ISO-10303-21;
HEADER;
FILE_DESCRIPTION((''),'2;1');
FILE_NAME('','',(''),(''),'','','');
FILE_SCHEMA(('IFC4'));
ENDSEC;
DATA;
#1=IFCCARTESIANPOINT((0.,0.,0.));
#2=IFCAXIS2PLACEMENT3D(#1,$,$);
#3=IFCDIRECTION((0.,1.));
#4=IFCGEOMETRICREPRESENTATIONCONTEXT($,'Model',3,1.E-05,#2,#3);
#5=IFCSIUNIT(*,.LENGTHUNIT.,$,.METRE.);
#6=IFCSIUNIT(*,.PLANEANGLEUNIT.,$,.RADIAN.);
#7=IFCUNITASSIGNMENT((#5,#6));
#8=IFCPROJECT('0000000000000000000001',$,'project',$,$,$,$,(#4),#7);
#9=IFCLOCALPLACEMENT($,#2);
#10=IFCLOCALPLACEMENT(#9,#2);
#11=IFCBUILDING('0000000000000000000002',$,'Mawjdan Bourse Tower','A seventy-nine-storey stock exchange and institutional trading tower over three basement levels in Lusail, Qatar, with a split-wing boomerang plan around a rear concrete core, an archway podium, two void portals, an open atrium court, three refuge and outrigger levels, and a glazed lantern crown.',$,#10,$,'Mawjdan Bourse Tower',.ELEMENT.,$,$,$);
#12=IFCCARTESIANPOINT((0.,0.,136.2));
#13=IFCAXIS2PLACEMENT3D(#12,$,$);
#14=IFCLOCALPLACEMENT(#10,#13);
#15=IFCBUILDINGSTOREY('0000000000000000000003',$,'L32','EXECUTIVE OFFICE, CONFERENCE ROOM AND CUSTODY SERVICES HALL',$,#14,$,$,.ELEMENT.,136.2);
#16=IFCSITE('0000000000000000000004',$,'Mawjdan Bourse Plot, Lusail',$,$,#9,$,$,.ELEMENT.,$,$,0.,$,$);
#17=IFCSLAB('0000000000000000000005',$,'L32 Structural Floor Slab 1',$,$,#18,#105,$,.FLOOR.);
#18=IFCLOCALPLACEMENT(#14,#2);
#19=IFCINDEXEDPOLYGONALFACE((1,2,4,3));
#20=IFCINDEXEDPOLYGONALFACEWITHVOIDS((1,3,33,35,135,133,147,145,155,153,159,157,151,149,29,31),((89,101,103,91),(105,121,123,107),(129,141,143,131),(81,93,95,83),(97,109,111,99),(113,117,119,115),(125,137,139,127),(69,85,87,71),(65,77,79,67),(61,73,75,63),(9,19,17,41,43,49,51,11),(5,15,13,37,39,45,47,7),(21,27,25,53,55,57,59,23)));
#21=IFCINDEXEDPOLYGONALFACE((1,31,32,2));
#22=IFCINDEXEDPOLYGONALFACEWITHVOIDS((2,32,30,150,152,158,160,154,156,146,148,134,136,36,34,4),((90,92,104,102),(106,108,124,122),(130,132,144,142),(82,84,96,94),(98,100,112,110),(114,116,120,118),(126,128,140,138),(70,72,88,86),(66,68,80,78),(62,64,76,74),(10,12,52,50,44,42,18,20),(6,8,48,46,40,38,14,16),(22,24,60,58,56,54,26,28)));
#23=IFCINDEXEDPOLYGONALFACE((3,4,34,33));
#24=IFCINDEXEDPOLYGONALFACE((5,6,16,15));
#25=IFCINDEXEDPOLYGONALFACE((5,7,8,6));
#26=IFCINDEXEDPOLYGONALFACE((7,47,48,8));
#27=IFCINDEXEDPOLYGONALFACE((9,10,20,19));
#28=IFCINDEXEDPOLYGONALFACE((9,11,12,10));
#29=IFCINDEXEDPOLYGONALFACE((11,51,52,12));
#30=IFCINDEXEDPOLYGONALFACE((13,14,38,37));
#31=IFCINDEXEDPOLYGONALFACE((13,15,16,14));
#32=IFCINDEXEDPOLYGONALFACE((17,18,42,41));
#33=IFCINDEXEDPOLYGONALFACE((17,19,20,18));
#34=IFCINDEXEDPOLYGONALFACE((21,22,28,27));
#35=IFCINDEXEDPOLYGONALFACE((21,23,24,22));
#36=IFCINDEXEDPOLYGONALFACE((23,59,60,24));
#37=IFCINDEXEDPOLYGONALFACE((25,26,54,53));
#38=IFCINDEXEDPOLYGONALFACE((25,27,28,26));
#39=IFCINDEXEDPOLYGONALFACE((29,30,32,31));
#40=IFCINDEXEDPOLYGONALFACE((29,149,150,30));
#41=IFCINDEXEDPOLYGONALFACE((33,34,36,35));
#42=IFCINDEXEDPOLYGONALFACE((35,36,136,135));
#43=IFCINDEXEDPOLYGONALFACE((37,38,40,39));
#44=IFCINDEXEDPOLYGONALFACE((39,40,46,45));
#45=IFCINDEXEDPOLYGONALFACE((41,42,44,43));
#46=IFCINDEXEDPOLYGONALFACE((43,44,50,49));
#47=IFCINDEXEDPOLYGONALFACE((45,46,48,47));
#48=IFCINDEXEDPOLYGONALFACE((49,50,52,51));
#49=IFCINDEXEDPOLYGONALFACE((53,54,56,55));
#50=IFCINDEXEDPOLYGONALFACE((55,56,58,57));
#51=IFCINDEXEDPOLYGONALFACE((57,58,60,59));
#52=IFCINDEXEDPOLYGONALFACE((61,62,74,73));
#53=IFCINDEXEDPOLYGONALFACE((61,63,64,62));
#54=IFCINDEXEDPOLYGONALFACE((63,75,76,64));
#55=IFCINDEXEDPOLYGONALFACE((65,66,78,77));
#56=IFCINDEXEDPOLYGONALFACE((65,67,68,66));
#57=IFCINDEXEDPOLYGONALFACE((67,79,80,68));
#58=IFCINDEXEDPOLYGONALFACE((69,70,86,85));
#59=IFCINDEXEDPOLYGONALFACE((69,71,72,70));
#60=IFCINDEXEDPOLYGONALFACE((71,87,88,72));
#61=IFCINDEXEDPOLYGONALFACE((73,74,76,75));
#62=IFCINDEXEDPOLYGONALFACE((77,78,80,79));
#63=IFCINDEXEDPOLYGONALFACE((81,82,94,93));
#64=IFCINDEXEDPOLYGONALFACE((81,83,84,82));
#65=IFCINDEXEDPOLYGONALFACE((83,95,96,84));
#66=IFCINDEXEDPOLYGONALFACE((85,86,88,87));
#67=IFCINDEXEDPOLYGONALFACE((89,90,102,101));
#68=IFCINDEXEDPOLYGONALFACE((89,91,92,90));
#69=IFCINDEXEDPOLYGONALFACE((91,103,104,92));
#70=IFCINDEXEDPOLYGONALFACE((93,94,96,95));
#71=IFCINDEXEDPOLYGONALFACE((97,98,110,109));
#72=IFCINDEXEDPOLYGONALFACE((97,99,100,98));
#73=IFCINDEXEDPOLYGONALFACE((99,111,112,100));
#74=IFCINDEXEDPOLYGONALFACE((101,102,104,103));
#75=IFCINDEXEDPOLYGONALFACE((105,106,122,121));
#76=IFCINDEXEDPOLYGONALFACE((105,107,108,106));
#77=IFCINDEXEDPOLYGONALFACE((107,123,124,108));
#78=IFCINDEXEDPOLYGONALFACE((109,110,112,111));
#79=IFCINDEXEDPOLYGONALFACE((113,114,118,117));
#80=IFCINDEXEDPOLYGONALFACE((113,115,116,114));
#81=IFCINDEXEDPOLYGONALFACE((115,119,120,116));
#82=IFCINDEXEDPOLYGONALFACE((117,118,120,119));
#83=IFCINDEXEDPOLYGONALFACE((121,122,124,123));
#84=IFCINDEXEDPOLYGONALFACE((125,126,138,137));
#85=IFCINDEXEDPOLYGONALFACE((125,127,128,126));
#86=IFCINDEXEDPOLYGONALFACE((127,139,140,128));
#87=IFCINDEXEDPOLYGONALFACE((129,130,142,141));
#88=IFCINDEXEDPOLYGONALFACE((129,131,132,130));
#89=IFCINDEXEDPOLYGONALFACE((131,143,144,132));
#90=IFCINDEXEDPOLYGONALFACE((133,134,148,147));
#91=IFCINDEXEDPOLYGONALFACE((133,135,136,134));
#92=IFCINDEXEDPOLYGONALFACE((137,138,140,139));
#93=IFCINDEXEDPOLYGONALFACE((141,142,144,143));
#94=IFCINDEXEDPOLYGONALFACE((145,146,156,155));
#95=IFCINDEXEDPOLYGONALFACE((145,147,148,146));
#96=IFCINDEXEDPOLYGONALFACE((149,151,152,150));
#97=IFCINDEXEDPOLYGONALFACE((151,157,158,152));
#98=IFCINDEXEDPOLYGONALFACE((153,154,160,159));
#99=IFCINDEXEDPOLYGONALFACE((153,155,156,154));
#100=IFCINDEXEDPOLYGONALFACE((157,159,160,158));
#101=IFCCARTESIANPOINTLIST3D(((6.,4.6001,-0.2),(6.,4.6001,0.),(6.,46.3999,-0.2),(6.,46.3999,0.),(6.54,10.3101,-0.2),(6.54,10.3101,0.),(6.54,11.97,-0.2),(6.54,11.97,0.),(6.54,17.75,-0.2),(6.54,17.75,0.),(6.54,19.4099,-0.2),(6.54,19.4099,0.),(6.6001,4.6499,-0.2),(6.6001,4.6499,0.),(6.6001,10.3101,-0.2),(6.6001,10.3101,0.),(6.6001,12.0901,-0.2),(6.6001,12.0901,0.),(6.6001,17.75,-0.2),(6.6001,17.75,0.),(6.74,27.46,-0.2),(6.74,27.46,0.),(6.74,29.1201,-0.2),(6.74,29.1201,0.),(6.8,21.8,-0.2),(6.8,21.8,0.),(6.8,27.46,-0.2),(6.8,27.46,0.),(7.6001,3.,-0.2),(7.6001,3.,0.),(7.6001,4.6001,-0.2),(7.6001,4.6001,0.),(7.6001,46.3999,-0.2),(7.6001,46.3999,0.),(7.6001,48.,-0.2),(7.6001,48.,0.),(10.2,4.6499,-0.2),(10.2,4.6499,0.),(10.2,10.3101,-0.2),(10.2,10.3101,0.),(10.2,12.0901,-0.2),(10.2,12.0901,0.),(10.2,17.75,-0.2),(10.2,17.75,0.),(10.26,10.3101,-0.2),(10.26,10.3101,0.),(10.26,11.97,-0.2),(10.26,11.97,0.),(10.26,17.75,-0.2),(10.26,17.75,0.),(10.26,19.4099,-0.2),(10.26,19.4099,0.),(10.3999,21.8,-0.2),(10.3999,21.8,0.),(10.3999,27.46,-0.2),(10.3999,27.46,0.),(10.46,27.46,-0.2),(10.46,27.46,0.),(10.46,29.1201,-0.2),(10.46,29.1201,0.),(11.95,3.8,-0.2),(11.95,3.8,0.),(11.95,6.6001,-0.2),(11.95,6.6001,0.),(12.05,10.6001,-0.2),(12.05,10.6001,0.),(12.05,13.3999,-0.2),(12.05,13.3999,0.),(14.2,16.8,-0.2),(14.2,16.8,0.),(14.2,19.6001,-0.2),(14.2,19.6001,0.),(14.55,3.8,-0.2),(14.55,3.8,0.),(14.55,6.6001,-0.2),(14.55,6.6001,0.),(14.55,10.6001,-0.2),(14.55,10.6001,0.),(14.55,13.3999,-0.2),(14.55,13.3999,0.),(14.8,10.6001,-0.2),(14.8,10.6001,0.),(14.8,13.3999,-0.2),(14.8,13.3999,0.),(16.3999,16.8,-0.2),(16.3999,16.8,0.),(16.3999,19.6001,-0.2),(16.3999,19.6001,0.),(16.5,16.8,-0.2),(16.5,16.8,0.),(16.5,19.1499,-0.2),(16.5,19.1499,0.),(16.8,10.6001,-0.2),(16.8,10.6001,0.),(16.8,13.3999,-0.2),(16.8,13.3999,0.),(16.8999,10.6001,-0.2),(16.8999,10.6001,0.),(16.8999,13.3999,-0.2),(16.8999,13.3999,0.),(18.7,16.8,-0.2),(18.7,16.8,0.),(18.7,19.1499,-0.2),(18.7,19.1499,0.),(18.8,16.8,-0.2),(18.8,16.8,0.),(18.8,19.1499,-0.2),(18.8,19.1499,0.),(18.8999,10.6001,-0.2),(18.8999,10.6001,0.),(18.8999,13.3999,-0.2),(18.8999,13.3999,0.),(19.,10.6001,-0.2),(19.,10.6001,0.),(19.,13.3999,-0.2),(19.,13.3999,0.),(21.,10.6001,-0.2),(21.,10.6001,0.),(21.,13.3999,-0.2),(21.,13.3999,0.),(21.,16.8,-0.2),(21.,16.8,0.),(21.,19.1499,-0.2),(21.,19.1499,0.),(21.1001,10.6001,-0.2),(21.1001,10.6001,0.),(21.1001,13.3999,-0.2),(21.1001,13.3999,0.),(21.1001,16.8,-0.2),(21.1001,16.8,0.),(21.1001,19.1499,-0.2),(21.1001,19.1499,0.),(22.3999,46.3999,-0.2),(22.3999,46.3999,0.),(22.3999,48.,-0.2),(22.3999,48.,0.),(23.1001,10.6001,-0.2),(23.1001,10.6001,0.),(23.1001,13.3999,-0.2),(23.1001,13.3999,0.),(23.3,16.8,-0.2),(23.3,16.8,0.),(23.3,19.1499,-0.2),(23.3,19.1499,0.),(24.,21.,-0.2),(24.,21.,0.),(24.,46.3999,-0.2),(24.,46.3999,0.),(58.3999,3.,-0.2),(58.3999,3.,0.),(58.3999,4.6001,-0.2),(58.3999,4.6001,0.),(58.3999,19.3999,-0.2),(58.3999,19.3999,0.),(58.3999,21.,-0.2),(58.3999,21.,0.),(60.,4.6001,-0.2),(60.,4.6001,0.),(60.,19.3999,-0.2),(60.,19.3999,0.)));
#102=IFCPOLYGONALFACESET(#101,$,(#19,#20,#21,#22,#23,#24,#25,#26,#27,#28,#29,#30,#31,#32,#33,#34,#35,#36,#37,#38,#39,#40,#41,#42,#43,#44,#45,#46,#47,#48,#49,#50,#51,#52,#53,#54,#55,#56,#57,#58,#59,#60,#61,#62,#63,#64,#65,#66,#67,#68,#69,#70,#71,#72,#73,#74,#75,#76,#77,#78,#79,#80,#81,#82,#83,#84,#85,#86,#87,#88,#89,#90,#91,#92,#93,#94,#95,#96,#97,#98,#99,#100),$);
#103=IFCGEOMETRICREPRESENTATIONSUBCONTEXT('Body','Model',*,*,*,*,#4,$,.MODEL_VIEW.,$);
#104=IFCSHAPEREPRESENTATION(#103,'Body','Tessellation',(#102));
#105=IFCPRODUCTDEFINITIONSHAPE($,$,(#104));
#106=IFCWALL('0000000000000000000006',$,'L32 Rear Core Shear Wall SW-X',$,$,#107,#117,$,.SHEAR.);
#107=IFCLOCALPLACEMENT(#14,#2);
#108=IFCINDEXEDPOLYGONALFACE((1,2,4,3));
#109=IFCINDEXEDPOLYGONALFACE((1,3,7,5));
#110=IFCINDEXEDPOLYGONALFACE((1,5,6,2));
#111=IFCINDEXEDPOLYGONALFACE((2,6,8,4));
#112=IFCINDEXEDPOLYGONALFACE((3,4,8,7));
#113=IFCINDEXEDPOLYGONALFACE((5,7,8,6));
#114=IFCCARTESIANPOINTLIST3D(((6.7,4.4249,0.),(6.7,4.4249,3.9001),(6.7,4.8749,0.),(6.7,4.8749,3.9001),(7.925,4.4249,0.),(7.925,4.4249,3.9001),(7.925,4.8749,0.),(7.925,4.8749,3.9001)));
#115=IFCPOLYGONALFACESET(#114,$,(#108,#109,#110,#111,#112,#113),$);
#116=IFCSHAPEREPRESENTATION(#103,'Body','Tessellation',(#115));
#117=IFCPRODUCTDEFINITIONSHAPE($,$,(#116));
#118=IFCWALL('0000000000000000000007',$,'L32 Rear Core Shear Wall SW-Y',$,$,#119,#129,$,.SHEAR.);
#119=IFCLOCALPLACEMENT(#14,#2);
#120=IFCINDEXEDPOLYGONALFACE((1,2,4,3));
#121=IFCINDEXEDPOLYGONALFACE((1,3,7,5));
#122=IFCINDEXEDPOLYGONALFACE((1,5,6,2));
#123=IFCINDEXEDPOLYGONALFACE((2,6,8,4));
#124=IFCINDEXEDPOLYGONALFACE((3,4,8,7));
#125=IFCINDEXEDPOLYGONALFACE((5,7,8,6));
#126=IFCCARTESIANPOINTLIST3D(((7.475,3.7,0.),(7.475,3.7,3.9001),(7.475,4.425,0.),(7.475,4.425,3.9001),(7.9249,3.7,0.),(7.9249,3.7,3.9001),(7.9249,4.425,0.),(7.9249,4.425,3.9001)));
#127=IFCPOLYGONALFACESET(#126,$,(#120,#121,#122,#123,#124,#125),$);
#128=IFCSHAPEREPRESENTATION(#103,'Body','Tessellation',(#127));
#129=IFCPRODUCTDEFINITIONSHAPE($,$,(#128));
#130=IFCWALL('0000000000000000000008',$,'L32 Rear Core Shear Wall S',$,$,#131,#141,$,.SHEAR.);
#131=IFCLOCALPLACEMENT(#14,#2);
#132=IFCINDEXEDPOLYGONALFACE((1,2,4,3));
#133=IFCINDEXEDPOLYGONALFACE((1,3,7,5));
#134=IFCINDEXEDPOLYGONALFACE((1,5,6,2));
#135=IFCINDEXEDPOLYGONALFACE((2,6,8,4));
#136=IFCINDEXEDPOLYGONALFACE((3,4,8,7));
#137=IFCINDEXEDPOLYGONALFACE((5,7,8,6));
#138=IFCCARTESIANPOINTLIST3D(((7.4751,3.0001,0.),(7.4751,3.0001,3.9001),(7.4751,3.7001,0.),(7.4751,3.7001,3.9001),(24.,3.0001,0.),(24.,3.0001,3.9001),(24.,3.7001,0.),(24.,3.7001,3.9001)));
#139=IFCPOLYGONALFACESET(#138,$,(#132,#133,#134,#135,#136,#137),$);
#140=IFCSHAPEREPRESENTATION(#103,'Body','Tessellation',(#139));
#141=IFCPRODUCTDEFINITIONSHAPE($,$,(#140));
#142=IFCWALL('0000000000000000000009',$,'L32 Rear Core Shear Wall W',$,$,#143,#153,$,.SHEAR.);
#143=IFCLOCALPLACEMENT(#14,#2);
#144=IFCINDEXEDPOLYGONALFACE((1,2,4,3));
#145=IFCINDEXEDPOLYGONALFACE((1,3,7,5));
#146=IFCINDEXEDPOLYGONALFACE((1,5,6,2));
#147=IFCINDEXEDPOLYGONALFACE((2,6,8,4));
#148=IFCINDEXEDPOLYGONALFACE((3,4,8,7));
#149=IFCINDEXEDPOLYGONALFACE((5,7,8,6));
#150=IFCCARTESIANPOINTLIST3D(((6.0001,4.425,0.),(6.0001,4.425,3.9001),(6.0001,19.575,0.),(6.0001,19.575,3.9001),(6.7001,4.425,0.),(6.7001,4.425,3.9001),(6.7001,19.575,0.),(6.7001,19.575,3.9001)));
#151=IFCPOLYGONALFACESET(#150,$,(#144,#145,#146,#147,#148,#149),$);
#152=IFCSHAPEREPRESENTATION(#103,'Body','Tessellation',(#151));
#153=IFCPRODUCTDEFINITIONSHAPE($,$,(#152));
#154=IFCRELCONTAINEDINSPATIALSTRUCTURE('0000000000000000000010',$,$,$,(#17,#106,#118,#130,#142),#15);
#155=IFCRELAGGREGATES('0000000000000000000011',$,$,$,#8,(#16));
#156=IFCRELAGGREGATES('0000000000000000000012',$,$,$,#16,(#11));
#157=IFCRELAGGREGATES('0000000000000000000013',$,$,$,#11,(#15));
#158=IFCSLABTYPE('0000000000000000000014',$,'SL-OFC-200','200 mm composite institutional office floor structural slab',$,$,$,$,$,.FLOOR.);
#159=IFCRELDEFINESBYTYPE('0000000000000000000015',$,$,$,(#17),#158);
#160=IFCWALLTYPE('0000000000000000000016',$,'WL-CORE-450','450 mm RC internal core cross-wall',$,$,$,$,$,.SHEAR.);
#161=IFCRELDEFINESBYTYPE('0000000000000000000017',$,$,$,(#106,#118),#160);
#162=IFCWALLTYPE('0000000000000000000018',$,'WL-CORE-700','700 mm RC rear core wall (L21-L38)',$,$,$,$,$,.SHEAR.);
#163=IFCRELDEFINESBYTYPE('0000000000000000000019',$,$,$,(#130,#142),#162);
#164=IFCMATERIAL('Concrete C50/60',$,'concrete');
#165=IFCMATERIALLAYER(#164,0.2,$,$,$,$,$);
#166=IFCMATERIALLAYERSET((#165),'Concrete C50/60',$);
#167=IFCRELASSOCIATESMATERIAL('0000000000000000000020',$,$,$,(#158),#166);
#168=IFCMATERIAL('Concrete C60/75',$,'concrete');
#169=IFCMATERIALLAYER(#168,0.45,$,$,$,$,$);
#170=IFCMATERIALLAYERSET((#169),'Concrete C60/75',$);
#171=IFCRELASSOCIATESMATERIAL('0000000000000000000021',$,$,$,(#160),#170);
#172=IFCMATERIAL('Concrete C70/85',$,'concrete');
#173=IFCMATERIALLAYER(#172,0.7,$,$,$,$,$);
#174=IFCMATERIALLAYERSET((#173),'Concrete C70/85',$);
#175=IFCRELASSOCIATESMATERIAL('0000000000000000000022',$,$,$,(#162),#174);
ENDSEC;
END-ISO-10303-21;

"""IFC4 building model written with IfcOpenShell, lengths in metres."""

from ifc_helpers import new_model, si_unit, direction, frame, frame_2d, origin, place, context, subcontext, project, spatial, polyline, rectangle, outline, extrude, material, layer, layer_set, type_object, element, save


model = new_model("IFC4")

# Units and contexts
model_context = context("Model", 3, precision=1e-05, world=origin(), true_north=direction((0.0, 1.0)))
body_context = subcontext(model_context, "Body", "Model", "MODEL_VIEW")
ifc_project = project(units=[si_unit("LENGTHUNIT", "METRE"), si_unit("PLANEANGLEUNIT", "RADIAN")], contexts=[model_context])

# Site, building, storey
site_placement = place(None, origin())
site = spatial("IfcSite", under=ifc_project, at=site_placement, Name="Mawjdan Bourse Plot, Lusail", CompositionType="ELEMENT", RefElevation=0.0)
building_placement = place(site_placement, origin())
building = spatial("IfcBuilding", under=site, at=building_placement, Name="Mawjdan Bourse Tower", Description="A seventy-nine-storey stock exchange and institutional trading tower over three basement levels in Lusail, Qatar, with a split-wing boomerang plan around a rear concrete core, an archway podium, two void portals, an open atrium court, three refuge and outrigger levels, and a glazed lantern crown.", LongName="Mawjdan Bourse Tower", CompositionType="ELEMENT")
storey_placement = place(building_placement, frame((0.0, 0.0, 136.2)))
storey = spatial("IfcBuildingStorey", under=building, at=storey_placement, Name="L32", Description="EXECUTIVE OFFICE, CONFERENCE ROOM AND CUSTODY SERVICES HALL", CompositionType="ELEMENT", Elevation=136.2)

# Shared definitions
ifc_material_1 = material(Name="Concrete C50/60", Category="concrete")

# Slab
ifc_layer_1 = layer(ifc_material_1, 0.2)
ifc_layer_set_1 = layer_set([ifc_layer_1], Name="Concrete C50/60")
slab_type_1 = type_object("IfcSlabType", Name="SL-OFC-200", Description="200 mm composite institutional office floor structural slab", PredefinedType="FLOOR", material=ifc_layer_set_1)
slab_1_placement = place(storey_placement, frame((0.0, 0.0, -0.2)))
element("IfcSlab", 1, at=slab_1_placement, inside=storey, type_object=slab_type_1, Name="L32 Structural Floor Slab 1", PredefinedType="FLOOR", context=body_context, shape_type="SweptSolid", body=[
    extrude(outline(polyline([(7.6001, 3.0), (58.3999, 3.0), (58.3999, 4.6001), (60.0, 4.6001), (60.0, 19.3999), (58.3999, 19.3999), (58.3999, 21.0), (24.0, 21.0), (24.0, 46.3999), (22.3999, 46.3999), (22.3999, 48.0), (7.6001, 48.0), (7.6001, 46.3999), (6.0, 46.3999), (6.0, 4.6001), (7.6001, 4.6001), (7.6001, 3.0)]), holes=[polyline([(11.95, 3.8), (11.95, 6.6001), (14.55, 6.6001), (14.55, 3.8), (11.95, 3.8)]), polyline([(6.6001, 10.3101), (6.54, 10.3101), (6.54, 11.97), (10.26, 11.97), (10.26, 10.3101), (10.2, 10.3101), (10.2, 4.6499), (6.6001, 4.6499), (6.6001, 10.3101)]), polyline([(12.05, 10.6001), (12.05, 13.3999), (14.55, 13.3999), (14.55, 10.6001), (12.05, 10.6001)]), polyline([(10.26, 19.4099), (10.26, 17.75), (10.2, 17.75), (10.2, 12.0901), (6.6001, 12.0901), (6.6001, 17.75), (6.54, 17.75), (6.54, 19.4099), (10.26, 19.4099)]), polyline([(10.46, 29.1201), (10.46, 27.46), (10.3999, 27.46), (10.3999, 21.8), (6.8, 21.8), (6.8, 27.46), (6.74, 27.46), (6.74, 29.1201), (10.46, 29.1201)]), polyline([(14.8, 10.6001), (14.8, 13.3999), (16.8, 13.3999), (16.8, 10.6001), (14.8, 10.6001)]), polyline([(16.8999, 10.6001), (16.8999, 13.3999), (18.8999, 13.3999), (18.8999, 10.6001), (16.8999, 10.6001)]), polyline([(19.0, 10.6001), (19.0, 13.3999), (21.0, 13.3999), (21.0, 10.6001), (19.0, 10.6001)]), polyline([(21.1001, 10.6001), (21.1001, 13.3999), (23.1001, 13.3999), (23.1001, 10.6001), (21.1001, 10.6001)]), polyline([(16.5, 16.8), (16.5, 19.1499), (18.7, 19.1499), (18.7, 16.8), (16.5, 16.8)]), polyline([(18.8, 16.8), (18.8, 19.1499), (21.0, 19.1499), (21.0, 16.8), (18.8, 16.8)]), polyline([(21.1001, 16.8), (21.1001, 19.1499), (23.3, 19.1499), (23.3, 16.8), (21.1001, 16.8)]), polyline([(14.2, 16.8), (14.2, 19.6001), (16.3999, 19.6001), (16.3999, 16.8), (14.2, 16.8)])]), origin(), (0.0, 0.0, 1.0), 0.2),
])

# Walls
ifc_material_2 = material(Name="Concrete C60/75", Category="concrete")
ifc_layer_2 = layer(ifc_material_2, 0.45)
ifc_layer_set_2 = layer_set([ifc_layer_2], Name="Concrete C60/75")
wall_type_1 = type_object("IfcWallType", Name="WL-CORE-450", Description="450 mm RC internal core cross-wall", PredefinedType="SHEAR", material=ifc_layer_set_2)
wall_1_placement = place(storey_placement, frame((6.7, 4.6499, 0.0), z_axis=(0.0, 0.0, 1.0), x_axis=(1.0, 0.0, 0.0)))
element("IfcWall", 2, at=wall_1_placement, inside=storey, type_object=wall_type_1, Name="L32 Rear Core Shear Wall SW-X", PredefinedType="SHEAR", context=body_context, shape_type="SweptSolid", body=[
    extrude(rectangle(XDim=1.2251, YDim=0.45, at=frame_2d((0.6125, 0.0))), origin(), (0.0, 0.0, 1.0), 3.9001),
])
wall_2_placement = place(storey_placement, frame((7.7, 3.7, 0.0), z_axis=(0.0, 0.0, 1.0), x_axis=(0.0, 1.0, 0.0)))
element("IfcWall", 3, at=wall_2_placement, inside=storey, type_object=wall_type_1, Name="L32 Rear Core Shear Wall SW-Y", PredefinedType="SHEAR", context=body_context, shape_type="SweptSolid", body=[
    extrude(rectangle(XDim=0.7251, YDim=0.45, at=frame_2d((0.3625, 0.0))), origin(), (0.0, 0.0, 1.0), 3.9001),
])
ifc_material_3 = material(Name="Concrete C70/85", Category="concrete")
ifc_layer_3 = layer(ifc_material_3, 0.7)
ifc_layer_set_3 = layer_set([ifc_layer_3], Name="Concrete C70/85")
wall_type_2 = type_object("IfcWallType", Name="WL-CORE-700", Description="700 mm RC rear core wall (L21-L38)", PredefinedType="SHEAR", material=ifc_layer_set_3)
wall_3_placement = place(storey_placement, frame((7.4751, 3.3501, 0.0), z_axis=(0.0, 0.0, 1.0), x_axis=(1.0, 0.0, 0.0)))
element("IfcWall", 4, at=wall_3_placement, inside=storey, type_object=wall_type_2, Name="L32 Rear Core Shear Wall S", PredefinedType="SHEAR", context=body_context, shape_type="SweptSolid", body=[
    extrude(rectangle(XDim=16.5249, YDim=0.7, at=frame_2d((8.2625, 0.0))), origin(), (0.0, 0.0, 1.0), 3.9001),
])
wall_4_placement = place(storey_placement, frame((6.3501, 4.425, 0.0), z_axis=(0.0, 0.0, 1.0), x_axis=(0.0, 1.0, 0.0)))
element("IfcWall", 5, at=wall_4_placement, inside=storey, type_object=wall_type_2, Name="L32 Rear Core Shear Wall W", PredefinedType="SHEAR", context=body_context, shape_type="SweptSolid", body=[
    extrude(rectangle(XDim=15.1499, YDim=0.7, at=frame_2d((7.575, 0.0))), origin(), (0.0, 0.0, 1.0), 3.9001),
])

save(model, "model.ifc")
